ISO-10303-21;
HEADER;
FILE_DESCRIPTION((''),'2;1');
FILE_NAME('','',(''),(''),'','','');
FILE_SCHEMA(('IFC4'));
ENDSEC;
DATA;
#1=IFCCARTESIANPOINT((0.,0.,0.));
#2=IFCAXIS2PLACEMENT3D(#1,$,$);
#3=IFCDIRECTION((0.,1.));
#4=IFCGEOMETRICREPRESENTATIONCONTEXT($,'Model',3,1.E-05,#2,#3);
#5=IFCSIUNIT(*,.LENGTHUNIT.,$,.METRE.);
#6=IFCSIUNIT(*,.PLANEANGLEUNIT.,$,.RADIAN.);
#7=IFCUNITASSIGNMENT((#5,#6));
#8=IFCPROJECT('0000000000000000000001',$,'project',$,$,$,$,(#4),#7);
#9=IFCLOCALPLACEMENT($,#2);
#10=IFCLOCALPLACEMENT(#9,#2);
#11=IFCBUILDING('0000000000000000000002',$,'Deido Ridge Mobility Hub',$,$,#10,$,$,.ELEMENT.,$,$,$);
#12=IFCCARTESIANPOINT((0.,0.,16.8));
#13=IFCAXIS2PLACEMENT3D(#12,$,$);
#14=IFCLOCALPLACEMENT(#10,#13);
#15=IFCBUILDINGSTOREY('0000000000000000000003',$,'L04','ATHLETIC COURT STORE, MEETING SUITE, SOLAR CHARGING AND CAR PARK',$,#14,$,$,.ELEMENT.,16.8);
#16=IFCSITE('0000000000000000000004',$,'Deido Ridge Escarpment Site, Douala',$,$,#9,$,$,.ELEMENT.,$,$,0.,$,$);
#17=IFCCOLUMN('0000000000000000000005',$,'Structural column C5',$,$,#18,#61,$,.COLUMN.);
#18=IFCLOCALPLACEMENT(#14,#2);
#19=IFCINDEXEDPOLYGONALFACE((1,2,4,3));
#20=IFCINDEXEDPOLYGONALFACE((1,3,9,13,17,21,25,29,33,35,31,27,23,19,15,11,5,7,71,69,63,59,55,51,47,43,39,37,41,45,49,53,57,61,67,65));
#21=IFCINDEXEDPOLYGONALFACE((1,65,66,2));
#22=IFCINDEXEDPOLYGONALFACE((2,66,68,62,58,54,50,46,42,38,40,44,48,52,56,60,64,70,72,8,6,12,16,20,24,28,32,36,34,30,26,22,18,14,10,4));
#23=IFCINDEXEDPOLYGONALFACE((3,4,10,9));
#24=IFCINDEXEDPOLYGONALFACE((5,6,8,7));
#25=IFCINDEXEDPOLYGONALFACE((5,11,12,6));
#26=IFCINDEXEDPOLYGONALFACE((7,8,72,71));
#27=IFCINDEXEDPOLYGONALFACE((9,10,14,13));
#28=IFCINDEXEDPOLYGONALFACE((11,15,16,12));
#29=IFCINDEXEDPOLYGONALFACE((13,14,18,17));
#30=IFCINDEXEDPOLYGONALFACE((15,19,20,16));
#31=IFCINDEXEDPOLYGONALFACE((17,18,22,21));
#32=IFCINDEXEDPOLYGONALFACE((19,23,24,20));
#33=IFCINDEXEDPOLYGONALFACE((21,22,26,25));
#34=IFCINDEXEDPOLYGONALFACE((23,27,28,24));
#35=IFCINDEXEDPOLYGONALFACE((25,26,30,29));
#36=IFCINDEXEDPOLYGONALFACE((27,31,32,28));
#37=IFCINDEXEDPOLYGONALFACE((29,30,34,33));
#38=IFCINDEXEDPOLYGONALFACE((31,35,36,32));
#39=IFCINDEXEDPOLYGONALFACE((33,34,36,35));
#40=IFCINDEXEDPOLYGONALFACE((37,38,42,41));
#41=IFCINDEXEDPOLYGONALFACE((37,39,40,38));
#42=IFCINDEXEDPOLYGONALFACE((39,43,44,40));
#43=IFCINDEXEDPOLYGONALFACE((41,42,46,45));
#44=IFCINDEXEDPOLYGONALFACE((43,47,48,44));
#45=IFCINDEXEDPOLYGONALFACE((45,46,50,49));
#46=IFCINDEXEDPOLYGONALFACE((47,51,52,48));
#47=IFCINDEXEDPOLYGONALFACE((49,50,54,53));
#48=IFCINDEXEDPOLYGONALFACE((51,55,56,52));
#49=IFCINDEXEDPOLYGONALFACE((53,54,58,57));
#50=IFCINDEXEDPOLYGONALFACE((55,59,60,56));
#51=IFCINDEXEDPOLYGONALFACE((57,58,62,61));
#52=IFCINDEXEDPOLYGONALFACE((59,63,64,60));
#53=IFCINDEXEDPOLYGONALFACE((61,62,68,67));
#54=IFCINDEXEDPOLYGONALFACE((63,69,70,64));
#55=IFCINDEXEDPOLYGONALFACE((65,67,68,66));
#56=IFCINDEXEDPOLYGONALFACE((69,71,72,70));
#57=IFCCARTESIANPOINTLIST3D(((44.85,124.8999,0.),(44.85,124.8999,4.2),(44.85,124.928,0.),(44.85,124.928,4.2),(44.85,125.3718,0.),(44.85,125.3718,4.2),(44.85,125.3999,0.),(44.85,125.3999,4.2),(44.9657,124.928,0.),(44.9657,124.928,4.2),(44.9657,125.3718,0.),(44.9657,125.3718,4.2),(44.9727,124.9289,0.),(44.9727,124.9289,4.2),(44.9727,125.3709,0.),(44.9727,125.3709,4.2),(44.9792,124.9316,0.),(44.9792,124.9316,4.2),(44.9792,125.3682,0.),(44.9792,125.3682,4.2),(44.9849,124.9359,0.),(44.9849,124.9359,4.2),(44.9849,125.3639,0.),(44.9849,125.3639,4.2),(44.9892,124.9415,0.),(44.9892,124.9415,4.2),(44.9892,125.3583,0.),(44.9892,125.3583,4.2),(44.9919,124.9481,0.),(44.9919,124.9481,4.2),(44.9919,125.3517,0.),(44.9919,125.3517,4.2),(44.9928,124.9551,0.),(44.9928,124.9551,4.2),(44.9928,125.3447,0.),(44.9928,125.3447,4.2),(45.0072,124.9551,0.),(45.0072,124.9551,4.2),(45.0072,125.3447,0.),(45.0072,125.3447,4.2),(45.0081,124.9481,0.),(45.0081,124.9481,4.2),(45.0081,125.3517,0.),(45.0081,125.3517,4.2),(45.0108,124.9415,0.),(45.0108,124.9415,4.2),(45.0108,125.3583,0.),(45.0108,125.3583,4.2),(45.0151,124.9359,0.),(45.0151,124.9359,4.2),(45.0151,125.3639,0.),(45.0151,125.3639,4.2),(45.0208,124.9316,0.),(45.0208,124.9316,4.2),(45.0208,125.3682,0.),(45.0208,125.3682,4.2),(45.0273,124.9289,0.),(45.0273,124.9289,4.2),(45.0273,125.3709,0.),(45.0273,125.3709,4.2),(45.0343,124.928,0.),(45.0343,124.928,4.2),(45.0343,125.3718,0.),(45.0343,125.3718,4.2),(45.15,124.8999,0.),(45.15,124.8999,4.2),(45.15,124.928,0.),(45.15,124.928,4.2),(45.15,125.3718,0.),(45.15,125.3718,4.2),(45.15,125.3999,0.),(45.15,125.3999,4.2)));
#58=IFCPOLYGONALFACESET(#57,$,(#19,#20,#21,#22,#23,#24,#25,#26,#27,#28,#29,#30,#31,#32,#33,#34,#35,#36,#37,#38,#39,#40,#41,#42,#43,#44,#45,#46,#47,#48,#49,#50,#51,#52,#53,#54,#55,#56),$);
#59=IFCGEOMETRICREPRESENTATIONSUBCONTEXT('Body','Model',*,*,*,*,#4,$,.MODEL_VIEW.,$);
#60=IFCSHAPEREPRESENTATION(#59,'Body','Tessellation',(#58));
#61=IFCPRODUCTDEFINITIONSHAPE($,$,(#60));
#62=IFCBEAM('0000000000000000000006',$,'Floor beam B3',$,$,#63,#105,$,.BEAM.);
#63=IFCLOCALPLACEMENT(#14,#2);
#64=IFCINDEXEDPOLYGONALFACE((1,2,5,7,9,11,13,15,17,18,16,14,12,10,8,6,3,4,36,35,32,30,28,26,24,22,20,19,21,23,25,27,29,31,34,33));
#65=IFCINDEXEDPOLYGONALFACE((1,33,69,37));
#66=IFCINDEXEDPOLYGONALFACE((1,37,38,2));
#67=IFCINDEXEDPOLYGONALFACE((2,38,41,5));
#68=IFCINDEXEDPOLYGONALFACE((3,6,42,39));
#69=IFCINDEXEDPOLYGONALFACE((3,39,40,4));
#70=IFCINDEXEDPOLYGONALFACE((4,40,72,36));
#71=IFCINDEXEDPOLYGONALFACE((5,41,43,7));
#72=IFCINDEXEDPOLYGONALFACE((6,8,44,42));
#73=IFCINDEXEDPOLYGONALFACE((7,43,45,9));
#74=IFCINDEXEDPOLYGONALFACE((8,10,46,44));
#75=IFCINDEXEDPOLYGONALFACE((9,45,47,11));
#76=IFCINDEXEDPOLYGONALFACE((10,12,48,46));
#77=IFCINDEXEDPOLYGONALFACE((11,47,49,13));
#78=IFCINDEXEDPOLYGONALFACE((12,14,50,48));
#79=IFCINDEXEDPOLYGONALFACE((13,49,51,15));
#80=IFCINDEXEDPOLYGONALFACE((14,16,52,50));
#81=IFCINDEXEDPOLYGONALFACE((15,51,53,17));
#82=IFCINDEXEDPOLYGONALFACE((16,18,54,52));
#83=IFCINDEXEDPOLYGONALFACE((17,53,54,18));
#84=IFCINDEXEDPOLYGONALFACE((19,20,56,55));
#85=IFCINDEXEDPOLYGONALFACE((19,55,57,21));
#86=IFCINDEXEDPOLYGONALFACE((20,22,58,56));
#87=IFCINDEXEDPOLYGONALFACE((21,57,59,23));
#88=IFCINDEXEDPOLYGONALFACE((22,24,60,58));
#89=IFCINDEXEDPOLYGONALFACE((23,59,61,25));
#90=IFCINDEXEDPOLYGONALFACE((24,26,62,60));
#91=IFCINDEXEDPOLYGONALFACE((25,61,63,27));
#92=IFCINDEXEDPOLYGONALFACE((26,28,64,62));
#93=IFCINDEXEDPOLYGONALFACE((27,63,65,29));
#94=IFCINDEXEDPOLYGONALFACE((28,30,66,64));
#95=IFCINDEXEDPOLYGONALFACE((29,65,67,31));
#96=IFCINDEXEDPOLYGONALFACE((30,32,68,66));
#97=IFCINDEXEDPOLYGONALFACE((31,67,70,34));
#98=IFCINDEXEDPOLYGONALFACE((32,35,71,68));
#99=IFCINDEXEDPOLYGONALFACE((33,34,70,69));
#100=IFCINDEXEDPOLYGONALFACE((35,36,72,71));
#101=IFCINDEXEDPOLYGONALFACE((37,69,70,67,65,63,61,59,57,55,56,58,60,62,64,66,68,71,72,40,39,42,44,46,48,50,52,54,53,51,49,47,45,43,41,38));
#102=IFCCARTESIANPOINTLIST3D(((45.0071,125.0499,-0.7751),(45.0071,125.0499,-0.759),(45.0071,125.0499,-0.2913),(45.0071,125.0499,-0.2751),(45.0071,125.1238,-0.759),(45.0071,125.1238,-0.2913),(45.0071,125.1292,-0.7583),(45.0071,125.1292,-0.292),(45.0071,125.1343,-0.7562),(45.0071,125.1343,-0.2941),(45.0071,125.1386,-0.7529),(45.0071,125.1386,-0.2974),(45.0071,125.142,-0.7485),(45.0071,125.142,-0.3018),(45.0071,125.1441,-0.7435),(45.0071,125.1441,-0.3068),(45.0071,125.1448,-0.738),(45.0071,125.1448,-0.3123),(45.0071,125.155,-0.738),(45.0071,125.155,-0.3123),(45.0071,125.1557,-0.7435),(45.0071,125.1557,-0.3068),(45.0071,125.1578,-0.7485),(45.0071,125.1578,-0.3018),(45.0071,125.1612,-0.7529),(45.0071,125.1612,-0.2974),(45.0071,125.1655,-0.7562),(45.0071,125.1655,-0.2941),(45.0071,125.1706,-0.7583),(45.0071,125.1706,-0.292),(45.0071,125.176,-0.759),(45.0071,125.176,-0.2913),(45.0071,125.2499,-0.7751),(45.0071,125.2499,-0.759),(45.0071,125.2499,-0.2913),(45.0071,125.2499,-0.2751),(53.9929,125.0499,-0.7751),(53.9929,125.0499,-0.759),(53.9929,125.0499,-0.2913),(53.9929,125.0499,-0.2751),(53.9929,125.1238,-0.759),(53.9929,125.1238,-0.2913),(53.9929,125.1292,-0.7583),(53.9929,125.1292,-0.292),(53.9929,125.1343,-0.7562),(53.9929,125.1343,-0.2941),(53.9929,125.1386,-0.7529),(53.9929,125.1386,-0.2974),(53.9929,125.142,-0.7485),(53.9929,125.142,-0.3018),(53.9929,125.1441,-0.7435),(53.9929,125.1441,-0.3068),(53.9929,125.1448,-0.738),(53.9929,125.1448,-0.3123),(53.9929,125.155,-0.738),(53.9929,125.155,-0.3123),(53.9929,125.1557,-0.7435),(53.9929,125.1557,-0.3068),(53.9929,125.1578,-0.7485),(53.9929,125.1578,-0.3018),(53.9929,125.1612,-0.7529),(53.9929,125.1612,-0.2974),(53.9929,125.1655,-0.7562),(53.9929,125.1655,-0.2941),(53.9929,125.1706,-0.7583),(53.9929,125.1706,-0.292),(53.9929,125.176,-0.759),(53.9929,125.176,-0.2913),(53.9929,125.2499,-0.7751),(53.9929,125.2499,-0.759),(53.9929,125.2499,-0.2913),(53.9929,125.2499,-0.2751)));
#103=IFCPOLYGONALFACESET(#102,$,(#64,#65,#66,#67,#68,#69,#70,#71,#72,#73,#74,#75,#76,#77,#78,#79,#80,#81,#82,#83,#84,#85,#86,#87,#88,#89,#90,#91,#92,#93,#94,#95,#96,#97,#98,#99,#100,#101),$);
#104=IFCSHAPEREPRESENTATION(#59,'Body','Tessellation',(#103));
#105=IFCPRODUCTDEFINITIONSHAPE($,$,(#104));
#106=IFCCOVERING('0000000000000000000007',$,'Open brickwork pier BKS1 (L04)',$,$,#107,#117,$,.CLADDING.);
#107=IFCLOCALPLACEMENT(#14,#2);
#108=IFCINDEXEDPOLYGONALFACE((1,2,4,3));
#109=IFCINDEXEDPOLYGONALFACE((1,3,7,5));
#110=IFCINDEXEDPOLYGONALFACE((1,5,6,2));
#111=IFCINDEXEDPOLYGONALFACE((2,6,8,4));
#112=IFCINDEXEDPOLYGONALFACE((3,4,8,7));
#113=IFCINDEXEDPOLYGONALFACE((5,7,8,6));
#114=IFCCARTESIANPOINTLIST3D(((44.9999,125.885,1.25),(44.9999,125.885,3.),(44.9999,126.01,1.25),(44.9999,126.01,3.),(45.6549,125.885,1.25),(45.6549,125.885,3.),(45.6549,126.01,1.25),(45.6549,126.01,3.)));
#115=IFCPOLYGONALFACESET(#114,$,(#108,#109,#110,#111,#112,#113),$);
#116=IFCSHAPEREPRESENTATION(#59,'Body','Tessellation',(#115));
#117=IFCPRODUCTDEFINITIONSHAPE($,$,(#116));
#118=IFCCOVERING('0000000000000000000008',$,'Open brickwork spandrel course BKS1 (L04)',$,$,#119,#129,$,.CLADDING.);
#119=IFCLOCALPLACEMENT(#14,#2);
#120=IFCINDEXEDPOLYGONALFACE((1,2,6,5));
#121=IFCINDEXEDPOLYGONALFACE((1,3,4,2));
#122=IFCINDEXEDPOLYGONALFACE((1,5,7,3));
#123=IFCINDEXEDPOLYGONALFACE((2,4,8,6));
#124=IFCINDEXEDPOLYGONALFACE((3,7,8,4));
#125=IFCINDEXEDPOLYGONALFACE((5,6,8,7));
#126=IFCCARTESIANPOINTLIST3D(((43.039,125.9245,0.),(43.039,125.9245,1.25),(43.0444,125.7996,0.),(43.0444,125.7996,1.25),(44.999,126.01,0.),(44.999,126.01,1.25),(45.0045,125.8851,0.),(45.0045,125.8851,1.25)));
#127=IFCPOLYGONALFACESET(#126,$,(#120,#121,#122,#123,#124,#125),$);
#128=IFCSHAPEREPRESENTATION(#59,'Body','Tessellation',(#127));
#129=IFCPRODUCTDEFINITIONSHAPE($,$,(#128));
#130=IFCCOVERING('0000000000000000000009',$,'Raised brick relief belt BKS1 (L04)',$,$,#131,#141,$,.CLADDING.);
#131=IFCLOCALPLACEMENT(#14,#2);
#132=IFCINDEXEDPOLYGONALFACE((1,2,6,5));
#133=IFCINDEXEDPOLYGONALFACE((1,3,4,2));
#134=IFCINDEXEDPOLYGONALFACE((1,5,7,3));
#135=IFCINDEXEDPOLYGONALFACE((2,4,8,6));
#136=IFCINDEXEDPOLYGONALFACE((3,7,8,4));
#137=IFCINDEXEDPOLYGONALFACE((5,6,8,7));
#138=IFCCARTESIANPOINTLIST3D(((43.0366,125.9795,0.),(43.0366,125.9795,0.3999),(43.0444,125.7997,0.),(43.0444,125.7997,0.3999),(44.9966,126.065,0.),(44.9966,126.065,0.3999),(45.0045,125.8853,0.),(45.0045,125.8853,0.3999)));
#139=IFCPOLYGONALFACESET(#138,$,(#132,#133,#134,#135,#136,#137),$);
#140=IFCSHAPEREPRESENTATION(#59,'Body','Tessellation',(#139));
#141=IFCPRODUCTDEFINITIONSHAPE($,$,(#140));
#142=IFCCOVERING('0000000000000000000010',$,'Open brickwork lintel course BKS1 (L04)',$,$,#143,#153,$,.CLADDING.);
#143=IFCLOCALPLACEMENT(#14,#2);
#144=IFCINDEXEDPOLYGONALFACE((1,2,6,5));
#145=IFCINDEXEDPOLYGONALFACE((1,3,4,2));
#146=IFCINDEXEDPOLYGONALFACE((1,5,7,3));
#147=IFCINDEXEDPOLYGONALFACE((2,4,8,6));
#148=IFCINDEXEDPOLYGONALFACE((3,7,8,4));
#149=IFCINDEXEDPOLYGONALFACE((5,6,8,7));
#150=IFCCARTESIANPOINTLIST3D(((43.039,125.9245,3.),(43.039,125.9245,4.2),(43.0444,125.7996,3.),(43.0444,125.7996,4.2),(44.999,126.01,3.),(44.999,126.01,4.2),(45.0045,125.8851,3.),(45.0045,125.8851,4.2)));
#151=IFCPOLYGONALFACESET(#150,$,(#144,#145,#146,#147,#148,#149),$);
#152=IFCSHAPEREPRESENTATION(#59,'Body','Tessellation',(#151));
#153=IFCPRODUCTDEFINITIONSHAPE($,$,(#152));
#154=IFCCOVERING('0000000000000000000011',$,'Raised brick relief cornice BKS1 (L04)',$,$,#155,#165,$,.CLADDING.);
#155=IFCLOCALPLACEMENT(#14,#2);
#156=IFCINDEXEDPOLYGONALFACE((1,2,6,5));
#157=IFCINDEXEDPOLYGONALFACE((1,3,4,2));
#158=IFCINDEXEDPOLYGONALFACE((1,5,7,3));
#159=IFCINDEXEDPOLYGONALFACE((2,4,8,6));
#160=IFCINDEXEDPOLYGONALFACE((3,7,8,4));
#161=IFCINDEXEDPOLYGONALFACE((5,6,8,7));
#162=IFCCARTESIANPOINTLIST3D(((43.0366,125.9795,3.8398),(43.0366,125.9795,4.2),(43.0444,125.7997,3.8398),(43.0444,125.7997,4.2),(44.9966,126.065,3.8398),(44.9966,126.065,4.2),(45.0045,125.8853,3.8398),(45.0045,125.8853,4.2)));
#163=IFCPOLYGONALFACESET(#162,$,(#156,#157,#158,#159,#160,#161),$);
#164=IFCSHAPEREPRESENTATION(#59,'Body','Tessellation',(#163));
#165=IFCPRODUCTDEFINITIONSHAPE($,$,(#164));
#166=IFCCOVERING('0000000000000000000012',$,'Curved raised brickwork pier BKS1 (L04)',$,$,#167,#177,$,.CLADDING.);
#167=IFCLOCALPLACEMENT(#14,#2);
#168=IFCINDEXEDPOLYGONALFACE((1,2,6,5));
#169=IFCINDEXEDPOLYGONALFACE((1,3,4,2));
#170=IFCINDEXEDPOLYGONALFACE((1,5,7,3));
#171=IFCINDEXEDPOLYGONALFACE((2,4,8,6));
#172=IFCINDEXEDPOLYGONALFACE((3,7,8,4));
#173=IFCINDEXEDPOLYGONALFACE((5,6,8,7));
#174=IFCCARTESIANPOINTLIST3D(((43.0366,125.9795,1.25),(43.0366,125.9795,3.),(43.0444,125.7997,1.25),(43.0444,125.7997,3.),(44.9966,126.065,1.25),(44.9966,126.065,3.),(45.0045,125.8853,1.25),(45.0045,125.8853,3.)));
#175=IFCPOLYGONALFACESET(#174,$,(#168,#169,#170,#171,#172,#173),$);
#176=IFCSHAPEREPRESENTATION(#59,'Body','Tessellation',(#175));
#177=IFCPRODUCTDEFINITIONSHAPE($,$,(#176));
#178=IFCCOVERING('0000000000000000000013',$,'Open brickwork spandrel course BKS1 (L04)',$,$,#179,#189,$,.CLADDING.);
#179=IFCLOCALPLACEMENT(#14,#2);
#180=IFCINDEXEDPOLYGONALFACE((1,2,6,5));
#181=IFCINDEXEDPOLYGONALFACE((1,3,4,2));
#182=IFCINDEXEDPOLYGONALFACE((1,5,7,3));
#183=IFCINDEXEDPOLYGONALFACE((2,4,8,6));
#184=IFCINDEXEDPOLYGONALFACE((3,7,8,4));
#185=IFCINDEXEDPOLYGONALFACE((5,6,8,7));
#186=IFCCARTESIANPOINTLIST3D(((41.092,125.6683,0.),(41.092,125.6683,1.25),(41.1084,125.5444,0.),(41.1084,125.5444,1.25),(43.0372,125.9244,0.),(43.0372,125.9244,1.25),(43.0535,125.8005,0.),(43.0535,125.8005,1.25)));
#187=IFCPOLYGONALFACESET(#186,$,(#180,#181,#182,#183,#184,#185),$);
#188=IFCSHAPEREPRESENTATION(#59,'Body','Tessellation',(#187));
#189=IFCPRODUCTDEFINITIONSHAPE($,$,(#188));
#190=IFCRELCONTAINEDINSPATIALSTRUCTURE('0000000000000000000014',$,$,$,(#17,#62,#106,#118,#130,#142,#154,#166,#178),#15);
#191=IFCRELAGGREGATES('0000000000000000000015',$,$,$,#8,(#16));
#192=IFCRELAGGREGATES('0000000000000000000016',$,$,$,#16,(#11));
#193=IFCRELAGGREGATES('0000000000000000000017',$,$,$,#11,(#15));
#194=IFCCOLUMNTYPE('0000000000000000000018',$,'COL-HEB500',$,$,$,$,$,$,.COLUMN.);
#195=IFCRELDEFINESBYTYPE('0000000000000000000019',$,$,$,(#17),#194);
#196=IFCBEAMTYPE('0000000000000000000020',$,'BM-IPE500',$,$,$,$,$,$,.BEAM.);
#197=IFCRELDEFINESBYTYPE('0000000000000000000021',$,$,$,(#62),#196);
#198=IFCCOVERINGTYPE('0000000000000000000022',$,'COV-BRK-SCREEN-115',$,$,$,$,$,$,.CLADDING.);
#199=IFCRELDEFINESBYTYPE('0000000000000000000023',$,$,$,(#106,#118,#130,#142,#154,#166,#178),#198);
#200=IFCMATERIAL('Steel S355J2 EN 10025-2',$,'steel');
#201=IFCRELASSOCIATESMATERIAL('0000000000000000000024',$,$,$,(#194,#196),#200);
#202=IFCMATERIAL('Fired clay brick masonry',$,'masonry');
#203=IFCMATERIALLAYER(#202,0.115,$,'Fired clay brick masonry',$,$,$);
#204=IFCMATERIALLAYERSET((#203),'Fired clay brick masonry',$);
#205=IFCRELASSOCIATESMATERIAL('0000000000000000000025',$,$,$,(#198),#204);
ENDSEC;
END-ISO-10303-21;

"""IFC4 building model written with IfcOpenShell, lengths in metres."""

from ifc_helpers import new_model, si_unit, direction, frame, origin, origin_2d, place, context, subcontext, project, spatial, rectangle, i_section, extrude, material, layer, layer_set, material_profile, profile_set, type_object, element, save


model = new_model("IFC4")

# Units and contexts
model_context = context("Model", 3, precision=1e-05, world=origin(), true_north=direction((0.0, 1.0)))
body_context = subcontext(model_context, "Body", "Model", "MODEL_VIEW")
ifc_project = project(units=[si_unit("LENGTHUNIT", "METRE"), si_unit("PLANEANGLEUNIT", "RADIAN")], contexts=[model_context])

# Site, building, storey
site_placement = place(None, origin())
site = spatial("IfcSite", under=ifc_project, at=site_placement, Name="Deido Ridge Escarpment Site, Douala", CompositionType="ELEMENT", RefElevation=0.0)
building_placement = place(site_placement, origin())
building = spatial("IfcBuilding", under=site, at=building_placement, Name="Deido Ridge Mobility Hub", CompositionType="ELEMENT")
storey_placement = place(building_placement, frame((0.0, 0.0, 16.8)))
storey = spatial("IfcBuildingStorey", under=building, at=storey_placement, Name="L04", Description="ATHLETIC COURT STORE, MEETING SUITE, SOLAR CHARGING AND CAR PARK", CompositionType="ELEMENT", Elevation=16.8)

# Column
ifc_material_1 = material(Name="Steel S355J2 EN 10025-2", Category="steel")
ifc_material_profile_1 = material_profile(ifc_material_1, i_section(OverallWidth=0.3, OverallDepth=0.5, WebThickness=0.0144, FlangeThickness=0.0281, FilletRadius=0.0271, at=origin_2d()), Name="HEB 500")
ifc_profile_set_1 = profile_set([ifc_material_profile_1], Name="Steel S355J2 EN 10025-2")
column_type = type_object("IfcColumnType", Name="COL-HEB500", PredefinedType="COLUMN", material=ifc_profile_set_1)
column_placement = place(storey_placement, frame((45.0, 125.1499, 0.0), z_axis=(0.0, 0.0, 1.0), x_axis=(1.0, 0.0, 0.0)))
element("IfcColumn", 1, at=column_placement, inside=storey, type_object=column_type, Name="Structural column C5", PredefinedType="COLUMN", context=body_context, shape_type="SweptSolid", body=[
    extrude(i_section(OverallWidth=0.3, OverallDepth=0.5, WebThickness=0.0144, FlangeThickness=0.0281, FilletRadius=0.0271, at=origin_2d()), origin(), (0.0, 0.0, 1.0), 4.2),
])

# Beam
ifc_material_profile_2 = material_profile(ifc_material_1, i_section(OverallWidth=0.2, OverallDepth=0.5, WebThickness=0.0103, FlangeThickness=0.0161, FilletRadius=0.021, at=origin_2d()), Name="IPE 500")
ifc_profile_set_2 = profile_set([ifc_material_profile_2], Name="Steel S355J2 EN 10025-2")
beam_type = type_object("IfcBeamType", Name="BM-IPE500", PredefinedType="BEAM", material=ifc_profile_set_2)
beam_placement = place(storey_placement, frame((45.0071, 125.1499, -0.5251), z_axis=(1.0, 0.0, 0.0), x_axis=(0.0, 1.0, 0.0)))
element("IfcBeam", 2, at=beam_placement, inside=storey, type_object=beam_type, Name="Floor beam B3", PredefinedType="BEAM", context=body_context, shape_type="SweptSolid", body=[
    extrude(i_section(OverallWidth=0.2, OverallDepth=0.5, WebThickness=0.0103, FlangeThickness=0.0161, FilletRadius=0.021, at=origin_2d()), origin(), (0.0, 0.0, 1.0), 8.9858),
])

# Coverings
ifc_material_2 = material(Name="Fired clay brick masonry", Category="masonry")
ifc_layer = layer(ifc_material_2, 0.115, Name="Fired clay brick masonry")
ifc_layer_set = layer_set([ifc_layer], Name="Fired clay brick masonry")
covering_type = type_object("IfcCoveringType", Name="COV-BRK-SCREEN-115", PredefinedType="CLADDING", material=ifc_layer_set)
covering_1_placement = place(storey_placement, frame((45.3274, 125.9475, 1.25), z_axis=(0.0, 0.0, 1.0), x_axis=(-1.0, 0.0, 0.0)))
element("IfcCovering", 3, at=covering_1_placement, inside=storey, type_object=covering_type, Name="Open brickwork pier BKS1 (L04)", PredefinedType="CLADDING", context=body_context, shape_type="SweptSolid", body=[
    extrude(rectangle(XDim=0.655, YDim=0.125, at=origin_2d()), origin(), (0.0, 0.0, 1.0), 1.75),
])
covering_2_placement = place(storey_placement, frame((44.0217, 125.9048, 0.0), z_axis=(0.0, 0.0, 1.0), x_axis=(-0.999049, -0.043602, 0.0)))
element("IfcCovering", 4, at=covering_2_placement, inside=storey, type_object=covering_type, Name="Open brickwork spandrel course BKS1 (L04)", PredefinedType="CLADDING", context=body_context, shape_type="SweptSolid", body=[
    extrude(rectangle(XDim=1.9619, YDim=0.125, at=origin_2d()), origin(), (0.0, 0.0, 1.0), 1.25),
])
covering_3_placement = place(storey_placement, frame((44.0205, 125.9324, 0.0), z_axis=(0.0, 0.0, 1.0), x_axis=(-0.999049, -0.043602, 0.0)))
element("IfcCovering", 5, at=covering_3_placement, inside=storey, type_object=covering_type, Name="Raised brick relief belt BKS1 (L04)", PredefinedType="CLADDING", context=body_context, shape_type="SweptSolid", body=[
    extrude(rectangle(XDim=1.9619, YDim=0.1799, at=origin_2d()), origin(), (0.0, 0.0, 1.0), 0.3999),
])
covering_4_placement = place(storey_placement, frame((44.0217, 125.9048, 3.0), z_axis=(0.0, 0.0, 1.0), x_axis=(-0.999049, -0.043602, 0.0)))
element("IfcCovering", 6, at=covering_4_placement, inside=storey, type_object=covering_type, Name="Open brickwork lintel course BKS1 (L04)", PredefinedType="CLADDING", context=body_context, shape_type="SweptSolid", body=[
    extrude(rectangle(XDim=1.9619, YDim=0.125, at=origin_2d()), origin(), (0.0, 0.0, 1.0), 1.2),
])
covering_5_placement = place(storey_placement, frame((44.0205, 125.9324, 3.8398), z_axis=(0.0, 0.0, 1.0), x_axis=(-0.999049, -0.043602, 0.0)))
element("IfcCovering", 7, at=covering_5_placement, inside=storey, type_object=covering_type, Name="Raised brick relief cornice BKS1 (L04)", PredefinedType="CLADDING", context=body_context, shape_type="SweptSolid", body=[
    extrude(rectangle(XDim=1.9619, YDim=0.1799, at=origin_2d()), origin(), (0.0, 0.0, 1.0), 0.3601),
])
covering_6_placement = place(storey_placement, frame((44.0205, 125.9324, 1.25), z_axis=(0.0, 0.0, 1.0), x_axis=(-0.999049, -0.043602, 0.0)))
element("IfcCovering", 8, at=covering_6_placement, inside=storey, type_object=covering_type, Name="Curved raised brickwork pier BKS1 (L04)", PredefinedType="CLADDING", context=body_context, shape_type="SweptSolid", body=[
    extrude(rectangle(XDim=1.9619, YDim=0.1799, at=origin_2d()), origin(), (0.0, 0.0, 1.0), 1.75),
])
covering_7_placement = place(storey_placement, frame((42.0728, 125.7344, 0.0), z_axis=(0.0, 0.0, 1.0), x_axis=(-0.991443, -0.130543, 0.0)))
element("IfcCovering", 9, at=covering_7_placement, inside=storey, type_object=covering_type, Name="Open brickwork spandrel course BKS1 (L04)", PredefinedType="CLADDING", context=body_context, shape_type="SweptSolid", body=[
    extrude(rectangle(XDim=1.9619, YDim=0.125, at=origin_2d()), origin(), (0.0, 0.0, 1.0), 1.25),
])

save(model, "model.ifc")
